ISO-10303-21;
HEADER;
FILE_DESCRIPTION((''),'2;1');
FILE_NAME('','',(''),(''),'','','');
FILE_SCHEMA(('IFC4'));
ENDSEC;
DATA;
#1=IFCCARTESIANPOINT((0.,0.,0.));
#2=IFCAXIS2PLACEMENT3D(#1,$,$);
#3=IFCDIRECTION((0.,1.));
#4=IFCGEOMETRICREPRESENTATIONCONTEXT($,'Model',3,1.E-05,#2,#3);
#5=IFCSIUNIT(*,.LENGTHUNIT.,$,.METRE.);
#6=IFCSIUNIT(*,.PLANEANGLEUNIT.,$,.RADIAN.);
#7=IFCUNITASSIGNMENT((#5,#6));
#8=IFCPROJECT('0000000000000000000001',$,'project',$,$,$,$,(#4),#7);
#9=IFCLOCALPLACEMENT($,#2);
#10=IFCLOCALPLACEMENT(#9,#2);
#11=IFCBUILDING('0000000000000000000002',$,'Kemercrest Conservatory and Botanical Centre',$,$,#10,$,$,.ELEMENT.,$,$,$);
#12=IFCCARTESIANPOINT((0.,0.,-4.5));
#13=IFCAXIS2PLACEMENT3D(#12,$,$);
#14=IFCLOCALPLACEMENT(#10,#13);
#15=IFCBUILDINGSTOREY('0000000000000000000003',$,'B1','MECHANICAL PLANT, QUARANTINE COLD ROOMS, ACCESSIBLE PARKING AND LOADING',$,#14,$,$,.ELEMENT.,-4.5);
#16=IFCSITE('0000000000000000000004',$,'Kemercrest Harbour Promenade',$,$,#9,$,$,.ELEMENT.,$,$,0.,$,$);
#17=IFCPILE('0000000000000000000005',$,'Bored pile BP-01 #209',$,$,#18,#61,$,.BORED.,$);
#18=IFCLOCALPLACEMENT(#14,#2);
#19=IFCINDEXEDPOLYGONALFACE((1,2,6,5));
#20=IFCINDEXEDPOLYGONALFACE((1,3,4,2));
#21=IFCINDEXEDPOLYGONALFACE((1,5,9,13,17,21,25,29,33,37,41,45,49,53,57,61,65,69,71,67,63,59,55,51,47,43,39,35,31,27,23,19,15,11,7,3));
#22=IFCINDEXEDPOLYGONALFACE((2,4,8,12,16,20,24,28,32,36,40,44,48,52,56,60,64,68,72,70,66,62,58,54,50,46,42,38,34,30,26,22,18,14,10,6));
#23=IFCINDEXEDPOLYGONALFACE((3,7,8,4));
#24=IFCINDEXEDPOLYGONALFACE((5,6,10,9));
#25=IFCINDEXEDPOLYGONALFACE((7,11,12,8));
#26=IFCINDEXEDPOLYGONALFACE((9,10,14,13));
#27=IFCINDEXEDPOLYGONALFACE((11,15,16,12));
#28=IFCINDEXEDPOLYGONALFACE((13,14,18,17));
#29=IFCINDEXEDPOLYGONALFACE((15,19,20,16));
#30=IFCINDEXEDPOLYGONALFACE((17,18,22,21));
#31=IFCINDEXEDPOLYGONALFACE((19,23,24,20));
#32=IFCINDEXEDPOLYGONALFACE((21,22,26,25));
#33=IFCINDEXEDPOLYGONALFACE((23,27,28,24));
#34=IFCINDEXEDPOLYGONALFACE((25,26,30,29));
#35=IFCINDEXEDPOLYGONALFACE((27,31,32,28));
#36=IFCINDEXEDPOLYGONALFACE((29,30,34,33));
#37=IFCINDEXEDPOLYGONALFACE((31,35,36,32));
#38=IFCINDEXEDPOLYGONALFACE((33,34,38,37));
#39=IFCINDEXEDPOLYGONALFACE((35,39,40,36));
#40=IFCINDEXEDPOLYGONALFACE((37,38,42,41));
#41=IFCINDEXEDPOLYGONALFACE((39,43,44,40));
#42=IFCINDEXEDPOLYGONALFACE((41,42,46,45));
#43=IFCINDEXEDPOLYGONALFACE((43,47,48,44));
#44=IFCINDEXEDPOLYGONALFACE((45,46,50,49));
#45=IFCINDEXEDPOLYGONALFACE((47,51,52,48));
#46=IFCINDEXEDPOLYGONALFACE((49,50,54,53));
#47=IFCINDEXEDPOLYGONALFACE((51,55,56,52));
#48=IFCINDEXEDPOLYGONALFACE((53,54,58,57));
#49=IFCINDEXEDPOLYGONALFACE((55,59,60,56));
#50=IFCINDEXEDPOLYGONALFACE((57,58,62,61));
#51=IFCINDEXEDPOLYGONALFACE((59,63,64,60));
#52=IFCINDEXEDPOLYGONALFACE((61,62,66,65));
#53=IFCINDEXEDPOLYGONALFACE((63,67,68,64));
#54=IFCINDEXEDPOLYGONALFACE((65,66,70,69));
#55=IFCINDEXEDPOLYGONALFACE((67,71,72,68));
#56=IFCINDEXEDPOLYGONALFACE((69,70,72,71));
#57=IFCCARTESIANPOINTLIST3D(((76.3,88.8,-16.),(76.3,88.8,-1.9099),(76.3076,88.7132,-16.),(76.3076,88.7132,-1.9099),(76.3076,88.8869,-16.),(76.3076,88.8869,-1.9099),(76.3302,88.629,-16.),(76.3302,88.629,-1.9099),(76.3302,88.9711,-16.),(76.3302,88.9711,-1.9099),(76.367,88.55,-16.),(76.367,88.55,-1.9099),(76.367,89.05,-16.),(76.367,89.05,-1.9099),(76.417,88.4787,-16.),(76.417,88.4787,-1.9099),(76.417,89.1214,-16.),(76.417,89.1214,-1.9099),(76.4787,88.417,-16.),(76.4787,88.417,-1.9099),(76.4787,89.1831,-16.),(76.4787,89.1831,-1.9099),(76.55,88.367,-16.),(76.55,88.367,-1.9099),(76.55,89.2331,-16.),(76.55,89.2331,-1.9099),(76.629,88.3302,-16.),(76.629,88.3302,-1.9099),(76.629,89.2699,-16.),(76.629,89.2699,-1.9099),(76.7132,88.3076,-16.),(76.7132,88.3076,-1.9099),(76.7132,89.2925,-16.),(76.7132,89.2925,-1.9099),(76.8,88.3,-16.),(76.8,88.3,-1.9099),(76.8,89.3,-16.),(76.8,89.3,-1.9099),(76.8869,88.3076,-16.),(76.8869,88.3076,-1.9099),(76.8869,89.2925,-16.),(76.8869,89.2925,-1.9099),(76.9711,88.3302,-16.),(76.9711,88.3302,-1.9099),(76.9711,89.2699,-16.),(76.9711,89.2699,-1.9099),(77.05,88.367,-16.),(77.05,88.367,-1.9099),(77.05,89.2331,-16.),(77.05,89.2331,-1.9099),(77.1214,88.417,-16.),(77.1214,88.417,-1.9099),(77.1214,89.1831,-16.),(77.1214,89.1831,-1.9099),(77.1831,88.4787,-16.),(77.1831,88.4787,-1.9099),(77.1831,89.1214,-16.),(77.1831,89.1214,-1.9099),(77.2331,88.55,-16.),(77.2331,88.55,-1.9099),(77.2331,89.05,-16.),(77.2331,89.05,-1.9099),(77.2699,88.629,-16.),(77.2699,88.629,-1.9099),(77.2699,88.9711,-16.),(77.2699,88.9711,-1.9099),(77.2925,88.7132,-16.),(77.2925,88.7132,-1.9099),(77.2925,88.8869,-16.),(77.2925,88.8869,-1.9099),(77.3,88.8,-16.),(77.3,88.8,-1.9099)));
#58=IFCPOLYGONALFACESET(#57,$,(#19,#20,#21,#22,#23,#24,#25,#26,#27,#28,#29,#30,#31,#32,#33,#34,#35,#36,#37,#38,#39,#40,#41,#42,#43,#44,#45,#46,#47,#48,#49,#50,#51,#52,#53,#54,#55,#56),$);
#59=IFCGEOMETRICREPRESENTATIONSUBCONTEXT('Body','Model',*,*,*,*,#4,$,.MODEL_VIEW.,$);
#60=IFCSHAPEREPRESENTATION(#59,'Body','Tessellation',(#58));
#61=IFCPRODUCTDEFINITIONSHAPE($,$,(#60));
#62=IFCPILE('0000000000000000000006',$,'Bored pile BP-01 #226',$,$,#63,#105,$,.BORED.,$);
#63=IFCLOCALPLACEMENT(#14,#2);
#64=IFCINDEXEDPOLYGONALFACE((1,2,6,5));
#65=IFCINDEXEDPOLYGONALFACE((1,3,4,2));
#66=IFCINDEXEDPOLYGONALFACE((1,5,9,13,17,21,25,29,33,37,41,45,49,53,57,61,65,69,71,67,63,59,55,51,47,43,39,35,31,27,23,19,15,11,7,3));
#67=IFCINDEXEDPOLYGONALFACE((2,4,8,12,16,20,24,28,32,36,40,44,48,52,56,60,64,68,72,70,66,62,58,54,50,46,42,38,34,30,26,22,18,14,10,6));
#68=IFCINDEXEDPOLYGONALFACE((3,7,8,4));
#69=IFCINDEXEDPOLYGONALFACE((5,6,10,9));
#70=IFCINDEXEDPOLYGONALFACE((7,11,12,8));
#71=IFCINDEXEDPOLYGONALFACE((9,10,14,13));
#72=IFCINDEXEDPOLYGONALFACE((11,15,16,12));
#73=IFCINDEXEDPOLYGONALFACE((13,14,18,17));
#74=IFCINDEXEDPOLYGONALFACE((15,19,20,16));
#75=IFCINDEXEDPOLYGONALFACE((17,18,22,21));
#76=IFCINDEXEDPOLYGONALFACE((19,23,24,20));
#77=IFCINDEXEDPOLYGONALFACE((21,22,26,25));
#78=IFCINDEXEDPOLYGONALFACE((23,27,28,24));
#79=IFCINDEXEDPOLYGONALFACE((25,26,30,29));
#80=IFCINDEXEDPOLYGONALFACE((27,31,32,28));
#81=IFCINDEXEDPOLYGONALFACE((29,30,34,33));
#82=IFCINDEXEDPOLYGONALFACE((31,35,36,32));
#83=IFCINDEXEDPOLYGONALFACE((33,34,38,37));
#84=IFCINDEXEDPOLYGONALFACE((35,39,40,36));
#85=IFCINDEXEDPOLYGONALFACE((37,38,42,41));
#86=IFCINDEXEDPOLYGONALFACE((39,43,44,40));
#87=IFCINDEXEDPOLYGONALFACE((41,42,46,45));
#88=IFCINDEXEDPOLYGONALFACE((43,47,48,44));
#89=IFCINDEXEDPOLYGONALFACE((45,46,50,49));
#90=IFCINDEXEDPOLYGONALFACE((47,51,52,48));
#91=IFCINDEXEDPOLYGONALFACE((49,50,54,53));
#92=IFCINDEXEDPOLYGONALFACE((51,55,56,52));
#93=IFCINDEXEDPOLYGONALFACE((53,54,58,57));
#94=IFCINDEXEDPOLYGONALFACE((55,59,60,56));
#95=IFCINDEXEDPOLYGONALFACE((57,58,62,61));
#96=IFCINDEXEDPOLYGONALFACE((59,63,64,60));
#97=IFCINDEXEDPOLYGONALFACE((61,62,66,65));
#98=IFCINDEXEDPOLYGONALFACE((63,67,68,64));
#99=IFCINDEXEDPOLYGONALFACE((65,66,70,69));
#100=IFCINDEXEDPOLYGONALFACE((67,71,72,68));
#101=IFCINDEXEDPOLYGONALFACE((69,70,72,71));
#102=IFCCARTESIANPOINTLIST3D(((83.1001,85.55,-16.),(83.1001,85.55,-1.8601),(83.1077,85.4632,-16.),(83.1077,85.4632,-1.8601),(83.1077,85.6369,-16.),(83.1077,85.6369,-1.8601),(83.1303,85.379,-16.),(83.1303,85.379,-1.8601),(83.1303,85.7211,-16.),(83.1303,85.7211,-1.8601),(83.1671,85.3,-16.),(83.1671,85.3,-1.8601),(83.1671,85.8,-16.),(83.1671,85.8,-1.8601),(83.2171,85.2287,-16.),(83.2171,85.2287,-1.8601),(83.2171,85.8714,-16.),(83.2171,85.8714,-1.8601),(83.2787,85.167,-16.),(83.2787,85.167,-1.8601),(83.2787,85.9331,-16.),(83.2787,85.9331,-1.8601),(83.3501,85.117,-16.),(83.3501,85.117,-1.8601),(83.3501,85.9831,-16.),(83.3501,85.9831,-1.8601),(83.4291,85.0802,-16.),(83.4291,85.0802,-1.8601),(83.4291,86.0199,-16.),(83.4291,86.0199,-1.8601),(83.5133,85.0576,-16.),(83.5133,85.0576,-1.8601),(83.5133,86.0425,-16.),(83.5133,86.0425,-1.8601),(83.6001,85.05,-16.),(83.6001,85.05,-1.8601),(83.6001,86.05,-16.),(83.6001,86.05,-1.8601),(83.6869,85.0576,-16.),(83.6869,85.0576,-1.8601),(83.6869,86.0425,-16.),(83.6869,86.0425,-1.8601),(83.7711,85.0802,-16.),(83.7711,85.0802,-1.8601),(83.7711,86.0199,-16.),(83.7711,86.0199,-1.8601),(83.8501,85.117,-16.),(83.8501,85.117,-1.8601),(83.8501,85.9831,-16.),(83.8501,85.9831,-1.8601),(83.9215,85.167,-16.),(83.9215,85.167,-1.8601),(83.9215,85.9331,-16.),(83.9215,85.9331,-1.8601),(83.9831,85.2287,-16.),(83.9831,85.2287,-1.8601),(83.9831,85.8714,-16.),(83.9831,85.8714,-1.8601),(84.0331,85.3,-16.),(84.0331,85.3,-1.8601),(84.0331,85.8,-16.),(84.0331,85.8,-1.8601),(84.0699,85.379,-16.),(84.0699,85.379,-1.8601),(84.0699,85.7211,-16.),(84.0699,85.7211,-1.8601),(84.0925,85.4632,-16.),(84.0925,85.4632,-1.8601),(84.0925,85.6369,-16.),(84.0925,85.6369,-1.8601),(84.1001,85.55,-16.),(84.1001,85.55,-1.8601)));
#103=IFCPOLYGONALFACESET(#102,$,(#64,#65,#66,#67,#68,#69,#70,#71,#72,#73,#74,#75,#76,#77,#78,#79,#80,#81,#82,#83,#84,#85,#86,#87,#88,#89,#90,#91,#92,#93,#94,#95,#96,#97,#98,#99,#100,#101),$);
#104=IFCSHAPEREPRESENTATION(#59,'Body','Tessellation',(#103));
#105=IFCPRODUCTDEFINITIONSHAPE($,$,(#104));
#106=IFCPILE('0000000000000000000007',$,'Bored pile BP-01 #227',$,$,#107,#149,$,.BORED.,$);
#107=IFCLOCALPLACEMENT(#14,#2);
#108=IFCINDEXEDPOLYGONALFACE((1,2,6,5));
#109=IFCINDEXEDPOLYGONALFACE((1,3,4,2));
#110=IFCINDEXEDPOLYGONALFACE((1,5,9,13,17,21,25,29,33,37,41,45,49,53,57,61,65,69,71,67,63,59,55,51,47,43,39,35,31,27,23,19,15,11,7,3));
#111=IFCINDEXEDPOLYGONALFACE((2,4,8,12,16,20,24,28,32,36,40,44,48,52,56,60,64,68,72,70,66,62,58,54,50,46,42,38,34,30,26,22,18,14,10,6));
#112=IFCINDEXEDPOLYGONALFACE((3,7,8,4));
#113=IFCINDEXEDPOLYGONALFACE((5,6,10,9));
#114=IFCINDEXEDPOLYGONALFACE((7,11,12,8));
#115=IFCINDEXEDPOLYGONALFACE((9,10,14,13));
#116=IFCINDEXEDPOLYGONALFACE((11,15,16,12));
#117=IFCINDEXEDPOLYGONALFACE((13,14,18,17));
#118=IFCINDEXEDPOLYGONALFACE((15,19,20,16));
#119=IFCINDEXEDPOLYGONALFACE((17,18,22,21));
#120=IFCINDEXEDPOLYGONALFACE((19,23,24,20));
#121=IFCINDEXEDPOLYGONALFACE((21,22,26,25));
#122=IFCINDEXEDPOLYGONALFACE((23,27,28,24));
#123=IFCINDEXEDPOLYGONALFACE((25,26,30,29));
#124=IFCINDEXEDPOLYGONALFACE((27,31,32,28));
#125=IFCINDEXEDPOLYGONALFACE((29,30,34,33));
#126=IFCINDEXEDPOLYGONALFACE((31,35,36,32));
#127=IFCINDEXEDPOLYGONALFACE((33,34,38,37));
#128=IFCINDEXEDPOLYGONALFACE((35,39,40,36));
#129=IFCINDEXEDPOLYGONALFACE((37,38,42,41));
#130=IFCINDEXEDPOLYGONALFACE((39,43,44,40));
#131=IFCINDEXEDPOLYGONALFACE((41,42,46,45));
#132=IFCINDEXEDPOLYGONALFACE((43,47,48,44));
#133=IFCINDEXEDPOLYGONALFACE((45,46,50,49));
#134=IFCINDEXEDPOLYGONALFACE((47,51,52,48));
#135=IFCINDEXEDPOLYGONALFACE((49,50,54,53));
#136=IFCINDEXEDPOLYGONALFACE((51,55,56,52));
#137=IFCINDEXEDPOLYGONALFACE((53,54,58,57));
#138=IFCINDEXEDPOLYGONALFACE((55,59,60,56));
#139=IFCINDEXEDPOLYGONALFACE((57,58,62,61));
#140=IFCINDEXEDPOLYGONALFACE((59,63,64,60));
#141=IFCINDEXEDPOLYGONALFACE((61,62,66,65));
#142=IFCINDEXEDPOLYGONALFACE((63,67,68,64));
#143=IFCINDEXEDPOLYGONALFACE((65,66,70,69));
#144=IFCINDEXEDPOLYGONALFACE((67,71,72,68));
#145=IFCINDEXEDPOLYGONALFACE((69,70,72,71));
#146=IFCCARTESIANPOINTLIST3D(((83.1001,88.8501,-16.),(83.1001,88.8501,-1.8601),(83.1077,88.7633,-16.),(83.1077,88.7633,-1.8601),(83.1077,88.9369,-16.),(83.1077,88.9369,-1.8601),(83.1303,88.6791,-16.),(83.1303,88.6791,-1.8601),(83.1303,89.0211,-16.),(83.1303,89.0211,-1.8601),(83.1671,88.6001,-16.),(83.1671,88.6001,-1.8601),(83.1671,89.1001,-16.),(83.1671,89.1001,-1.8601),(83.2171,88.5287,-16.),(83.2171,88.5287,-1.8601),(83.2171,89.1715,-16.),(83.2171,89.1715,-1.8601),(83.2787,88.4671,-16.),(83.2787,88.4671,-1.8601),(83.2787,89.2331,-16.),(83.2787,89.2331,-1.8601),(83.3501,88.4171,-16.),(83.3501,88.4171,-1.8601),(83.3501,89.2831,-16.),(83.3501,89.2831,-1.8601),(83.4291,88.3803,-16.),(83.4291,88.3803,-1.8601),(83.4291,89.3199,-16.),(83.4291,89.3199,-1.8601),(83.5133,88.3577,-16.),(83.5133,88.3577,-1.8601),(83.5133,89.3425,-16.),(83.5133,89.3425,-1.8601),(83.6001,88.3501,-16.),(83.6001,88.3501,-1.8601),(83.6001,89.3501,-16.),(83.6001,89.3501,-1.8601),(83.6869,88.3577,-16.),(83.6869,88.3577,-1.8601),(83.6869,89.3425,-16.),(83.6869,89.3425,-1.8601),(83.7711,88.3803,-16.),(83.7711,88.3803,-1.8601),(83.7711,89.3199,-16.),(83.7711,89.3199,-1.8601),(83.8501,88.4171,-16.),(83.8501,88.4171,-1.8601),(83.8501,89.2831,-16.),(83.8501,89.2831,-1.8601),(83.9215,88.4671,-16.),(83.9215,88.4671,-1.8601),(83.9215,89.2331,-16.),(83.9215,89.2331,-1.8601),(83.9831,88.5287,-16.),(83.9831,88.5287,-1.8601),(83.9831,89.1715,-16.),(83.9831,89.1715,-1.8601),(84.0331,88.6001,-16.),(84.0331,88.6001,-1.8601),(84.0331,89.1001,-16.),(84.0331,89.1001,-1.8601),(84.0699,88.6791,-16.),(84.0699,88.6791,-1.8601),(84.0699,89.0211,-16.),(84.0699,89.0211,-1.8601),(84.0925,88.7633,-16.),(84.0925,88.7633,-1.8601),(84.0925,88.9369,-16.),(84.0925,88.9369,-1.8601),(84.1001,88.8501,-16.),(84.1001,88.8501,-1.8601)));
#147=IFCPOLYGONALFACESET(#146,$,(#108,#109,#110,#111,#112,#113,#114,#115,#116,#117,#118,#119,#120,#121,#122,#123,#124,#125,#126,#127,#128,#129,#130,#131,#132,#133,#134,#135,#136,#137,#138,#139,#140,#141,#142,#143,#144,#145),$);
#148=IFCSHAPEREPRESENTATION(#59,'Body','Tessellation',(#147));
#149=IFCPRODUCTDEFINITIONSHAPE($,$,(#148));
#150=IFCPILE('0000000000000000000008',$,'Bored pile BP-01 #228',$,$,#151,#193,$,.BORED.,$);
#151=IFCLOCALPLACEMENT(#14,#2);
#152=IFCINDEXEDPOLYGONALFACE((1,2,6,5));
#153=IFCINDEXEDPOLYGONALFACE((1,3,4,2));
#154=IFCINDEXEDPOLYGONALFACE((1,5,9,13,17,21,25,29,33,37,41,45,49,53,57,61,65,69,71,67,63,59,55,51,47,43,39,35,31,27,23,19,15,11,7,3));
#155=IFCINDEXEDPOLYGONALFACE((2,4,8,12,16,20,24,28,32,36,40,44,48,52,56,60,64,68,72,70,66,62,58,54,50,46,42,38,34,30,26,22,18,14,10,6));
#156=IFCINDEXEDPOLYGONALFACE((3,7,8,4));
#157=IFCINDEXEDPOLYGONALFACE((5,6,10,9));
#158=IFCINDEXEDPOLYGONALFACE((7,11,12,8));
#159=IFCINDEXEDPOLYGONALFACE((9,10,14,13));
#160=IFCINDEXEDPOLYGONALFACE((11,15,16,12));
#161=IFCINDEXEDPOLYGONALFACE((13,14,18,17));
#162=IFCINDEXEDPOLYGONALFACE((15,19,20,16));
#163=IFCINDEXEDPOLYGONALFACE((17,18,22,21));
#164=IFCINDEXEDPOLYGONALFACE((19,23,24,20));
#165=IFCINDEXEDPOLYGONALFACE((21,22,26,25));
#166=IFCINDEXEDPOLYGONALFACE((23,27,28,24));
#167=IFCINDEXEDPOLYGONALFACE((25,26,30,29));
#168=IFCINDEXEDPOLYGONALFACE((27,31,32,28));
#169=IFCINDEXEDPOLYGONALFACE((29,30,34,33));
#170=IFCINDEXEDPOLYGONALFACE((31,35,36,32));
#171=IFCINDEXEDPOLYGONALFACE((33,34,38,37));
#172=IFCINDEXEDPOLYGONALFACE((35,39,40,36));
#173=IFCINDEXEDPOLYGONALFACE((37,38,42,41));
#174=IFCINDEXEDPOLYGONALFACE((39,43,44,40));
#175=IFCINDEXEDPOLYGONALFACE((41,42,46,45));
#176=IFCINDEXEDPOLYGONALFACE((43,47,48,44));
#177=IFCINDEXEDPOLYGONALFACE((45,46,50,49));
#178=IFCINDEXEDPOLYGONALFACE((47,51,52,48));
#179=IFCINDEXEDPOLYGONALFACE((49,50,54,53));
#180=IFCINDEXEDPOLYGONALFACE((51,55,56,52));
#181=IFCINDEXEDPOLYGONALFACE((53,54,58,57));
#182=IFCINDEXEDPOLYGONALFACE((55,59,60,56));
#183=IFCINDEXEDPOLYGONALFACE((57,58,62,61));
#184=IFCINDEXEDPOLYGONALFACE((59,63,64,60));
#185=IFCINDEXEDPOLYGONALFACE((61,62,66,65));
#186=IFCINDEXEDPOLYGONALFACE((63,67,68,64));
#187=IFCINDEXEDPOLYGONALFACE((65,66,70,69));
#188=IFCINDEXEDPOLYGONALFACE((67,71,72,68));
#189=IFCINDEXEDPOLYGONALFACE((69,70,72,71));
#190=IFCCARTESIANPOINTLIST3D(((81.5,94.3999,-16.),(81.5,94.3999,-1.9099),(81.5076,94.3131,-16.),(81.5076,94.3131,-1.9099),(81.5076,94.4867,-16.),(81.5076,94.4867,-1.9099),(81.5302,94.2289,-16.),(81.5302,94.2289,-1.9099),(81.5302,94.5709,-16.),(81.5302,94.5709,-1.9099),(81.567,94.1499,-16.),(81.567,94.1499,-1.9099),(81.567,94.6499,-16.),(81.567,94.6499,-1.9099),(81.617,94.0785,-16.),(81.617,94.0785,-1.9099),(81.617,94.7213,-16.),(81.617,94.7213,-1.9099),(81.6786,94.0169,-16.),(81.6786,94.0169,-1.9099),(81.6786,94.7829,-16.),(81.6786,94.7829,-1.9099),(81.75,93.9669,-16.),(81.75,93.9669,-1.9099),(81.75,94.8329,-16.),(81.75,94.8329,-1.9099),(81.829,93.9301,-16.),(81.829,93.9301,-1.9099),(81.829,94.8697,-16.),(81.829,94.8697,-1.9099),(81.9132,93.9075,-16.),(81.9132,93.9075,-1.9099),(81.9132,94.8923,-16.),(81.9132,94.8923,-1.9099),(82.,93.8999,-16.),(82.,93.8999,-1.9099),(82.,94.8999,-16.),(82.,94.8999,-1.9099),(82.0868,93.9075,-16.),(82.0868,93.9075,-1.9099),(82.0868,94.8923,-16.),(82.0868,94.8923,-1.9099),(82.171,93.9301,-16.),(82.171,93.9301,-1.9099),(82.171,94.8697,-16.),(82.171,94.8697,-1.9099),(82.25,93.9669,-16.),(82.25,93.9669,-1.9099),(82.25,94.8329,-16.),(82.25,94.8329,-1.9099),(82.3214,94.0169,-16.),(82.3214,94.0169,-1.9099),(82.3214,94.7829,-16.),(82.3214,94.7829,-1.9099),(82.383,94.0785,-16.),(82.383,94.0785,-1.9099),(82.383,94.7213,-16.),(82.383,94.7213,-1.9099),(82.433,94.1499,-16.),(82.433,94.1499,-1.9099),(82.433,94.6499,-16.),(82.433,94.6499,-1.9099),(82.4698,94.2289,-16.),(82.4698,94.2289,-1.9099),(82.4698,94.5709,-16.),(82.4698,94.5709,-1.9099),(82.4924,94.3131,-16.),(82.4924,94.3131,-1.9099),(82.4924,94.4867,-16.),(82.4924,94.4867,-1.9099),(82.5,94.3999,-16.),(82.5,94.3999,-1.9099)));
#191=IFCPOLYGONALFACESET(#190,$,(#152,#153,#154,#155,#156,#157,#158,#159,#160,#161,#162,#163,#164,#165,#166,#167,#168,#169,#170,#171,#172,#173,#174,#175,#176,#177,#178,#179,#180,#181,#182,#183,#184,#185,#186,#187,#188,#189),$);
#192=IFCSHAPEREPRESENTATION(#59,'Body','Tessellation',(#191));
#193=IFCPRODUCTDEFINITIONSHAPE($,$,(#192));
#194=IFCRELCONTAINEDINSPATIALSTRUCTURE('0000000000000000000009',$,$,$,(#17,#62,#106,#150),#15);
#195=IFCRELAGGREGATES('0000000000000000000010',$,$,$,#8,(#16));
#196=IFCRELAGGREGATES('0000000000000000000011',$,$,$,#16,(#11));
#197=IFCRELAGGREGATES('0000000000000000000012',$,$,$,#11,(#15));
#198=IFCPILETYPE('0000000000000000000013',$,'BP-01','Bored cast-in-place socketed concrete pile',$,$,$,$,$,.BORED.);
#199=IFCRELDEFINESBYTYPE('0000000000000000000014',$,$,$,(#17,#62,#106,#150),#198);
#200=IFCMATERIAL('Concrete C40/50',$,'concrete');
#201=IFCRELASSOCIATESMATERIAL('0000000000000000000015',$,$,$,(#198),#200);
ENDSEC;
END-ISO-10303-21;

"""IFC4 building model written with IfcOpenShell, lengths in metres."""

from ifc_helpers import new_model, si_unit, direction, frame, origin, origin_2d, place, context, subcontext, project, spatial, circle, extrude, material, material_profile, profile_set, type_object, element, save


model = new_model("IFC4")

# Units and contexts
model_context = context("Model", 3, precision=1e-05, world=origin(), true_north=direction((0.0, 1.0)))
body_context = subcontext(model_context, "Body", "Model", "MODEL_VIEW")
ifc_project = project(units=[si_unit("LENGTHUNIT", "METRE"), si_unit("PLANEANGLEUNIT", "RADIAN")], contexts=[model_context])

# Site, building, storey
site_placement = place(None, origin())
site = spatial("IfcSite", under=ifc_project, at=site_placement, Name="Kemercrest Harbour Promenade", CompositionType="ELEMENT", RefElevation=0.0)
building_placement = place(site_placement, origin())
building = spatial("IfcBuilding", under=site, at=building_placement, Name="Kemercrest Conservatory and Botanical Centre", CompositionType="ELEMENT")
storey_placement = place(building_placement, frame((0.0, 0.0, -4.5)))
storey = spatial("IfcBuildingStorey", under=building, at=storey_placement, Name="B1", Description="MECHANICAL PLANT, QUARANTINE COLD ROOMS, ACCESSIBLE PARKING AND LOADING", CompositionType="ELEMENT", Elevation=-4.5)

# Piles
ifc_material_1 = material(Name="Concrete C40/50", Category="concrete")
ifc_material_profile_1 = material_profile(ifc_material_1, circle(Radius=0.5, at=origin_2d()), Name="BORED PILE 1000")
ifc_profile_set_1 = profile_set([ifc_material_profile_1], Name="Concrete C40/50")
pile_type_1 = type_object("IfcPileType", Name="BP-01", Description="Bored cast-in-place socketed concrete pile", PredefinedType="BORED", material=ifc_profile_set_1)
pile_1_placement = place(storey_placement, frame((76.8, 88.8, -1.9099), z_axis=(0.0, 0.0, -1.0), x_axis=(1.0, 0.0, 0.0)))
element("IfcPile", 1, at=pile_1_placement, inside=storey, type_object=pile_type_1, Name="Bored pile BP-01 #209", PredefinedType="BORED", context=body_context, shape_type="SweptSolid", body=[
    extrude(circle(Radius=0.5, at=origin_2d()), origin(), (0.0, 0.0, 1.0), 14.0901),
])
for number, where, z_axis, x_axis, name in (
    (2, (83.6001, 85.55, -1.8601), (0.0, 0.0, -1.0), (1.0, 0.0, 0.0), "Bored pile BP-01 #226"),
    (3, (83.6001, 88.8501, -1.8601), (0.0, 0.0, -1.0), (1.0, 0.0, 0.0), "Bored pile BP-01 #227"),
):
    element("IfcPile", number, at=place(storey_placement, frame(where, z_axis=z_axis, x_axis=x_axis)), inside=storey, type_object=pile_type_1, Name=name, PredefinedType="BORED", context=body_context, shape_type="SweptSolid", body=[
        extrude(circle(Radius=0.5, at=origin_2d()), origin(), (0.0, 0.0, 1.0), 14.1399),
    ])
for number, where, z_axis, x_axis, name in (
    (4, (82.0, 94.3999, -1.9099), (0.0, 0.0, -1.0), (1.0, 0.0, 0.0), "Bored pile BP-01 #228"),
):
    element("IfcPile", number, at=place(storey_placement, frame(where, z_axis=z_axis, x_axis=x_axis)), inside=storey, type_object=pile_type_1, Name=name, PredefinedType="BORED", context=body_context, shape_type="SweptSolid", body=[
        extrude(circle(Radius=0.5, at=origin_2d()), origin(), (0.0, 0.0, 1.0), 14.0901),
    ])

save(model, "model.ifc")
